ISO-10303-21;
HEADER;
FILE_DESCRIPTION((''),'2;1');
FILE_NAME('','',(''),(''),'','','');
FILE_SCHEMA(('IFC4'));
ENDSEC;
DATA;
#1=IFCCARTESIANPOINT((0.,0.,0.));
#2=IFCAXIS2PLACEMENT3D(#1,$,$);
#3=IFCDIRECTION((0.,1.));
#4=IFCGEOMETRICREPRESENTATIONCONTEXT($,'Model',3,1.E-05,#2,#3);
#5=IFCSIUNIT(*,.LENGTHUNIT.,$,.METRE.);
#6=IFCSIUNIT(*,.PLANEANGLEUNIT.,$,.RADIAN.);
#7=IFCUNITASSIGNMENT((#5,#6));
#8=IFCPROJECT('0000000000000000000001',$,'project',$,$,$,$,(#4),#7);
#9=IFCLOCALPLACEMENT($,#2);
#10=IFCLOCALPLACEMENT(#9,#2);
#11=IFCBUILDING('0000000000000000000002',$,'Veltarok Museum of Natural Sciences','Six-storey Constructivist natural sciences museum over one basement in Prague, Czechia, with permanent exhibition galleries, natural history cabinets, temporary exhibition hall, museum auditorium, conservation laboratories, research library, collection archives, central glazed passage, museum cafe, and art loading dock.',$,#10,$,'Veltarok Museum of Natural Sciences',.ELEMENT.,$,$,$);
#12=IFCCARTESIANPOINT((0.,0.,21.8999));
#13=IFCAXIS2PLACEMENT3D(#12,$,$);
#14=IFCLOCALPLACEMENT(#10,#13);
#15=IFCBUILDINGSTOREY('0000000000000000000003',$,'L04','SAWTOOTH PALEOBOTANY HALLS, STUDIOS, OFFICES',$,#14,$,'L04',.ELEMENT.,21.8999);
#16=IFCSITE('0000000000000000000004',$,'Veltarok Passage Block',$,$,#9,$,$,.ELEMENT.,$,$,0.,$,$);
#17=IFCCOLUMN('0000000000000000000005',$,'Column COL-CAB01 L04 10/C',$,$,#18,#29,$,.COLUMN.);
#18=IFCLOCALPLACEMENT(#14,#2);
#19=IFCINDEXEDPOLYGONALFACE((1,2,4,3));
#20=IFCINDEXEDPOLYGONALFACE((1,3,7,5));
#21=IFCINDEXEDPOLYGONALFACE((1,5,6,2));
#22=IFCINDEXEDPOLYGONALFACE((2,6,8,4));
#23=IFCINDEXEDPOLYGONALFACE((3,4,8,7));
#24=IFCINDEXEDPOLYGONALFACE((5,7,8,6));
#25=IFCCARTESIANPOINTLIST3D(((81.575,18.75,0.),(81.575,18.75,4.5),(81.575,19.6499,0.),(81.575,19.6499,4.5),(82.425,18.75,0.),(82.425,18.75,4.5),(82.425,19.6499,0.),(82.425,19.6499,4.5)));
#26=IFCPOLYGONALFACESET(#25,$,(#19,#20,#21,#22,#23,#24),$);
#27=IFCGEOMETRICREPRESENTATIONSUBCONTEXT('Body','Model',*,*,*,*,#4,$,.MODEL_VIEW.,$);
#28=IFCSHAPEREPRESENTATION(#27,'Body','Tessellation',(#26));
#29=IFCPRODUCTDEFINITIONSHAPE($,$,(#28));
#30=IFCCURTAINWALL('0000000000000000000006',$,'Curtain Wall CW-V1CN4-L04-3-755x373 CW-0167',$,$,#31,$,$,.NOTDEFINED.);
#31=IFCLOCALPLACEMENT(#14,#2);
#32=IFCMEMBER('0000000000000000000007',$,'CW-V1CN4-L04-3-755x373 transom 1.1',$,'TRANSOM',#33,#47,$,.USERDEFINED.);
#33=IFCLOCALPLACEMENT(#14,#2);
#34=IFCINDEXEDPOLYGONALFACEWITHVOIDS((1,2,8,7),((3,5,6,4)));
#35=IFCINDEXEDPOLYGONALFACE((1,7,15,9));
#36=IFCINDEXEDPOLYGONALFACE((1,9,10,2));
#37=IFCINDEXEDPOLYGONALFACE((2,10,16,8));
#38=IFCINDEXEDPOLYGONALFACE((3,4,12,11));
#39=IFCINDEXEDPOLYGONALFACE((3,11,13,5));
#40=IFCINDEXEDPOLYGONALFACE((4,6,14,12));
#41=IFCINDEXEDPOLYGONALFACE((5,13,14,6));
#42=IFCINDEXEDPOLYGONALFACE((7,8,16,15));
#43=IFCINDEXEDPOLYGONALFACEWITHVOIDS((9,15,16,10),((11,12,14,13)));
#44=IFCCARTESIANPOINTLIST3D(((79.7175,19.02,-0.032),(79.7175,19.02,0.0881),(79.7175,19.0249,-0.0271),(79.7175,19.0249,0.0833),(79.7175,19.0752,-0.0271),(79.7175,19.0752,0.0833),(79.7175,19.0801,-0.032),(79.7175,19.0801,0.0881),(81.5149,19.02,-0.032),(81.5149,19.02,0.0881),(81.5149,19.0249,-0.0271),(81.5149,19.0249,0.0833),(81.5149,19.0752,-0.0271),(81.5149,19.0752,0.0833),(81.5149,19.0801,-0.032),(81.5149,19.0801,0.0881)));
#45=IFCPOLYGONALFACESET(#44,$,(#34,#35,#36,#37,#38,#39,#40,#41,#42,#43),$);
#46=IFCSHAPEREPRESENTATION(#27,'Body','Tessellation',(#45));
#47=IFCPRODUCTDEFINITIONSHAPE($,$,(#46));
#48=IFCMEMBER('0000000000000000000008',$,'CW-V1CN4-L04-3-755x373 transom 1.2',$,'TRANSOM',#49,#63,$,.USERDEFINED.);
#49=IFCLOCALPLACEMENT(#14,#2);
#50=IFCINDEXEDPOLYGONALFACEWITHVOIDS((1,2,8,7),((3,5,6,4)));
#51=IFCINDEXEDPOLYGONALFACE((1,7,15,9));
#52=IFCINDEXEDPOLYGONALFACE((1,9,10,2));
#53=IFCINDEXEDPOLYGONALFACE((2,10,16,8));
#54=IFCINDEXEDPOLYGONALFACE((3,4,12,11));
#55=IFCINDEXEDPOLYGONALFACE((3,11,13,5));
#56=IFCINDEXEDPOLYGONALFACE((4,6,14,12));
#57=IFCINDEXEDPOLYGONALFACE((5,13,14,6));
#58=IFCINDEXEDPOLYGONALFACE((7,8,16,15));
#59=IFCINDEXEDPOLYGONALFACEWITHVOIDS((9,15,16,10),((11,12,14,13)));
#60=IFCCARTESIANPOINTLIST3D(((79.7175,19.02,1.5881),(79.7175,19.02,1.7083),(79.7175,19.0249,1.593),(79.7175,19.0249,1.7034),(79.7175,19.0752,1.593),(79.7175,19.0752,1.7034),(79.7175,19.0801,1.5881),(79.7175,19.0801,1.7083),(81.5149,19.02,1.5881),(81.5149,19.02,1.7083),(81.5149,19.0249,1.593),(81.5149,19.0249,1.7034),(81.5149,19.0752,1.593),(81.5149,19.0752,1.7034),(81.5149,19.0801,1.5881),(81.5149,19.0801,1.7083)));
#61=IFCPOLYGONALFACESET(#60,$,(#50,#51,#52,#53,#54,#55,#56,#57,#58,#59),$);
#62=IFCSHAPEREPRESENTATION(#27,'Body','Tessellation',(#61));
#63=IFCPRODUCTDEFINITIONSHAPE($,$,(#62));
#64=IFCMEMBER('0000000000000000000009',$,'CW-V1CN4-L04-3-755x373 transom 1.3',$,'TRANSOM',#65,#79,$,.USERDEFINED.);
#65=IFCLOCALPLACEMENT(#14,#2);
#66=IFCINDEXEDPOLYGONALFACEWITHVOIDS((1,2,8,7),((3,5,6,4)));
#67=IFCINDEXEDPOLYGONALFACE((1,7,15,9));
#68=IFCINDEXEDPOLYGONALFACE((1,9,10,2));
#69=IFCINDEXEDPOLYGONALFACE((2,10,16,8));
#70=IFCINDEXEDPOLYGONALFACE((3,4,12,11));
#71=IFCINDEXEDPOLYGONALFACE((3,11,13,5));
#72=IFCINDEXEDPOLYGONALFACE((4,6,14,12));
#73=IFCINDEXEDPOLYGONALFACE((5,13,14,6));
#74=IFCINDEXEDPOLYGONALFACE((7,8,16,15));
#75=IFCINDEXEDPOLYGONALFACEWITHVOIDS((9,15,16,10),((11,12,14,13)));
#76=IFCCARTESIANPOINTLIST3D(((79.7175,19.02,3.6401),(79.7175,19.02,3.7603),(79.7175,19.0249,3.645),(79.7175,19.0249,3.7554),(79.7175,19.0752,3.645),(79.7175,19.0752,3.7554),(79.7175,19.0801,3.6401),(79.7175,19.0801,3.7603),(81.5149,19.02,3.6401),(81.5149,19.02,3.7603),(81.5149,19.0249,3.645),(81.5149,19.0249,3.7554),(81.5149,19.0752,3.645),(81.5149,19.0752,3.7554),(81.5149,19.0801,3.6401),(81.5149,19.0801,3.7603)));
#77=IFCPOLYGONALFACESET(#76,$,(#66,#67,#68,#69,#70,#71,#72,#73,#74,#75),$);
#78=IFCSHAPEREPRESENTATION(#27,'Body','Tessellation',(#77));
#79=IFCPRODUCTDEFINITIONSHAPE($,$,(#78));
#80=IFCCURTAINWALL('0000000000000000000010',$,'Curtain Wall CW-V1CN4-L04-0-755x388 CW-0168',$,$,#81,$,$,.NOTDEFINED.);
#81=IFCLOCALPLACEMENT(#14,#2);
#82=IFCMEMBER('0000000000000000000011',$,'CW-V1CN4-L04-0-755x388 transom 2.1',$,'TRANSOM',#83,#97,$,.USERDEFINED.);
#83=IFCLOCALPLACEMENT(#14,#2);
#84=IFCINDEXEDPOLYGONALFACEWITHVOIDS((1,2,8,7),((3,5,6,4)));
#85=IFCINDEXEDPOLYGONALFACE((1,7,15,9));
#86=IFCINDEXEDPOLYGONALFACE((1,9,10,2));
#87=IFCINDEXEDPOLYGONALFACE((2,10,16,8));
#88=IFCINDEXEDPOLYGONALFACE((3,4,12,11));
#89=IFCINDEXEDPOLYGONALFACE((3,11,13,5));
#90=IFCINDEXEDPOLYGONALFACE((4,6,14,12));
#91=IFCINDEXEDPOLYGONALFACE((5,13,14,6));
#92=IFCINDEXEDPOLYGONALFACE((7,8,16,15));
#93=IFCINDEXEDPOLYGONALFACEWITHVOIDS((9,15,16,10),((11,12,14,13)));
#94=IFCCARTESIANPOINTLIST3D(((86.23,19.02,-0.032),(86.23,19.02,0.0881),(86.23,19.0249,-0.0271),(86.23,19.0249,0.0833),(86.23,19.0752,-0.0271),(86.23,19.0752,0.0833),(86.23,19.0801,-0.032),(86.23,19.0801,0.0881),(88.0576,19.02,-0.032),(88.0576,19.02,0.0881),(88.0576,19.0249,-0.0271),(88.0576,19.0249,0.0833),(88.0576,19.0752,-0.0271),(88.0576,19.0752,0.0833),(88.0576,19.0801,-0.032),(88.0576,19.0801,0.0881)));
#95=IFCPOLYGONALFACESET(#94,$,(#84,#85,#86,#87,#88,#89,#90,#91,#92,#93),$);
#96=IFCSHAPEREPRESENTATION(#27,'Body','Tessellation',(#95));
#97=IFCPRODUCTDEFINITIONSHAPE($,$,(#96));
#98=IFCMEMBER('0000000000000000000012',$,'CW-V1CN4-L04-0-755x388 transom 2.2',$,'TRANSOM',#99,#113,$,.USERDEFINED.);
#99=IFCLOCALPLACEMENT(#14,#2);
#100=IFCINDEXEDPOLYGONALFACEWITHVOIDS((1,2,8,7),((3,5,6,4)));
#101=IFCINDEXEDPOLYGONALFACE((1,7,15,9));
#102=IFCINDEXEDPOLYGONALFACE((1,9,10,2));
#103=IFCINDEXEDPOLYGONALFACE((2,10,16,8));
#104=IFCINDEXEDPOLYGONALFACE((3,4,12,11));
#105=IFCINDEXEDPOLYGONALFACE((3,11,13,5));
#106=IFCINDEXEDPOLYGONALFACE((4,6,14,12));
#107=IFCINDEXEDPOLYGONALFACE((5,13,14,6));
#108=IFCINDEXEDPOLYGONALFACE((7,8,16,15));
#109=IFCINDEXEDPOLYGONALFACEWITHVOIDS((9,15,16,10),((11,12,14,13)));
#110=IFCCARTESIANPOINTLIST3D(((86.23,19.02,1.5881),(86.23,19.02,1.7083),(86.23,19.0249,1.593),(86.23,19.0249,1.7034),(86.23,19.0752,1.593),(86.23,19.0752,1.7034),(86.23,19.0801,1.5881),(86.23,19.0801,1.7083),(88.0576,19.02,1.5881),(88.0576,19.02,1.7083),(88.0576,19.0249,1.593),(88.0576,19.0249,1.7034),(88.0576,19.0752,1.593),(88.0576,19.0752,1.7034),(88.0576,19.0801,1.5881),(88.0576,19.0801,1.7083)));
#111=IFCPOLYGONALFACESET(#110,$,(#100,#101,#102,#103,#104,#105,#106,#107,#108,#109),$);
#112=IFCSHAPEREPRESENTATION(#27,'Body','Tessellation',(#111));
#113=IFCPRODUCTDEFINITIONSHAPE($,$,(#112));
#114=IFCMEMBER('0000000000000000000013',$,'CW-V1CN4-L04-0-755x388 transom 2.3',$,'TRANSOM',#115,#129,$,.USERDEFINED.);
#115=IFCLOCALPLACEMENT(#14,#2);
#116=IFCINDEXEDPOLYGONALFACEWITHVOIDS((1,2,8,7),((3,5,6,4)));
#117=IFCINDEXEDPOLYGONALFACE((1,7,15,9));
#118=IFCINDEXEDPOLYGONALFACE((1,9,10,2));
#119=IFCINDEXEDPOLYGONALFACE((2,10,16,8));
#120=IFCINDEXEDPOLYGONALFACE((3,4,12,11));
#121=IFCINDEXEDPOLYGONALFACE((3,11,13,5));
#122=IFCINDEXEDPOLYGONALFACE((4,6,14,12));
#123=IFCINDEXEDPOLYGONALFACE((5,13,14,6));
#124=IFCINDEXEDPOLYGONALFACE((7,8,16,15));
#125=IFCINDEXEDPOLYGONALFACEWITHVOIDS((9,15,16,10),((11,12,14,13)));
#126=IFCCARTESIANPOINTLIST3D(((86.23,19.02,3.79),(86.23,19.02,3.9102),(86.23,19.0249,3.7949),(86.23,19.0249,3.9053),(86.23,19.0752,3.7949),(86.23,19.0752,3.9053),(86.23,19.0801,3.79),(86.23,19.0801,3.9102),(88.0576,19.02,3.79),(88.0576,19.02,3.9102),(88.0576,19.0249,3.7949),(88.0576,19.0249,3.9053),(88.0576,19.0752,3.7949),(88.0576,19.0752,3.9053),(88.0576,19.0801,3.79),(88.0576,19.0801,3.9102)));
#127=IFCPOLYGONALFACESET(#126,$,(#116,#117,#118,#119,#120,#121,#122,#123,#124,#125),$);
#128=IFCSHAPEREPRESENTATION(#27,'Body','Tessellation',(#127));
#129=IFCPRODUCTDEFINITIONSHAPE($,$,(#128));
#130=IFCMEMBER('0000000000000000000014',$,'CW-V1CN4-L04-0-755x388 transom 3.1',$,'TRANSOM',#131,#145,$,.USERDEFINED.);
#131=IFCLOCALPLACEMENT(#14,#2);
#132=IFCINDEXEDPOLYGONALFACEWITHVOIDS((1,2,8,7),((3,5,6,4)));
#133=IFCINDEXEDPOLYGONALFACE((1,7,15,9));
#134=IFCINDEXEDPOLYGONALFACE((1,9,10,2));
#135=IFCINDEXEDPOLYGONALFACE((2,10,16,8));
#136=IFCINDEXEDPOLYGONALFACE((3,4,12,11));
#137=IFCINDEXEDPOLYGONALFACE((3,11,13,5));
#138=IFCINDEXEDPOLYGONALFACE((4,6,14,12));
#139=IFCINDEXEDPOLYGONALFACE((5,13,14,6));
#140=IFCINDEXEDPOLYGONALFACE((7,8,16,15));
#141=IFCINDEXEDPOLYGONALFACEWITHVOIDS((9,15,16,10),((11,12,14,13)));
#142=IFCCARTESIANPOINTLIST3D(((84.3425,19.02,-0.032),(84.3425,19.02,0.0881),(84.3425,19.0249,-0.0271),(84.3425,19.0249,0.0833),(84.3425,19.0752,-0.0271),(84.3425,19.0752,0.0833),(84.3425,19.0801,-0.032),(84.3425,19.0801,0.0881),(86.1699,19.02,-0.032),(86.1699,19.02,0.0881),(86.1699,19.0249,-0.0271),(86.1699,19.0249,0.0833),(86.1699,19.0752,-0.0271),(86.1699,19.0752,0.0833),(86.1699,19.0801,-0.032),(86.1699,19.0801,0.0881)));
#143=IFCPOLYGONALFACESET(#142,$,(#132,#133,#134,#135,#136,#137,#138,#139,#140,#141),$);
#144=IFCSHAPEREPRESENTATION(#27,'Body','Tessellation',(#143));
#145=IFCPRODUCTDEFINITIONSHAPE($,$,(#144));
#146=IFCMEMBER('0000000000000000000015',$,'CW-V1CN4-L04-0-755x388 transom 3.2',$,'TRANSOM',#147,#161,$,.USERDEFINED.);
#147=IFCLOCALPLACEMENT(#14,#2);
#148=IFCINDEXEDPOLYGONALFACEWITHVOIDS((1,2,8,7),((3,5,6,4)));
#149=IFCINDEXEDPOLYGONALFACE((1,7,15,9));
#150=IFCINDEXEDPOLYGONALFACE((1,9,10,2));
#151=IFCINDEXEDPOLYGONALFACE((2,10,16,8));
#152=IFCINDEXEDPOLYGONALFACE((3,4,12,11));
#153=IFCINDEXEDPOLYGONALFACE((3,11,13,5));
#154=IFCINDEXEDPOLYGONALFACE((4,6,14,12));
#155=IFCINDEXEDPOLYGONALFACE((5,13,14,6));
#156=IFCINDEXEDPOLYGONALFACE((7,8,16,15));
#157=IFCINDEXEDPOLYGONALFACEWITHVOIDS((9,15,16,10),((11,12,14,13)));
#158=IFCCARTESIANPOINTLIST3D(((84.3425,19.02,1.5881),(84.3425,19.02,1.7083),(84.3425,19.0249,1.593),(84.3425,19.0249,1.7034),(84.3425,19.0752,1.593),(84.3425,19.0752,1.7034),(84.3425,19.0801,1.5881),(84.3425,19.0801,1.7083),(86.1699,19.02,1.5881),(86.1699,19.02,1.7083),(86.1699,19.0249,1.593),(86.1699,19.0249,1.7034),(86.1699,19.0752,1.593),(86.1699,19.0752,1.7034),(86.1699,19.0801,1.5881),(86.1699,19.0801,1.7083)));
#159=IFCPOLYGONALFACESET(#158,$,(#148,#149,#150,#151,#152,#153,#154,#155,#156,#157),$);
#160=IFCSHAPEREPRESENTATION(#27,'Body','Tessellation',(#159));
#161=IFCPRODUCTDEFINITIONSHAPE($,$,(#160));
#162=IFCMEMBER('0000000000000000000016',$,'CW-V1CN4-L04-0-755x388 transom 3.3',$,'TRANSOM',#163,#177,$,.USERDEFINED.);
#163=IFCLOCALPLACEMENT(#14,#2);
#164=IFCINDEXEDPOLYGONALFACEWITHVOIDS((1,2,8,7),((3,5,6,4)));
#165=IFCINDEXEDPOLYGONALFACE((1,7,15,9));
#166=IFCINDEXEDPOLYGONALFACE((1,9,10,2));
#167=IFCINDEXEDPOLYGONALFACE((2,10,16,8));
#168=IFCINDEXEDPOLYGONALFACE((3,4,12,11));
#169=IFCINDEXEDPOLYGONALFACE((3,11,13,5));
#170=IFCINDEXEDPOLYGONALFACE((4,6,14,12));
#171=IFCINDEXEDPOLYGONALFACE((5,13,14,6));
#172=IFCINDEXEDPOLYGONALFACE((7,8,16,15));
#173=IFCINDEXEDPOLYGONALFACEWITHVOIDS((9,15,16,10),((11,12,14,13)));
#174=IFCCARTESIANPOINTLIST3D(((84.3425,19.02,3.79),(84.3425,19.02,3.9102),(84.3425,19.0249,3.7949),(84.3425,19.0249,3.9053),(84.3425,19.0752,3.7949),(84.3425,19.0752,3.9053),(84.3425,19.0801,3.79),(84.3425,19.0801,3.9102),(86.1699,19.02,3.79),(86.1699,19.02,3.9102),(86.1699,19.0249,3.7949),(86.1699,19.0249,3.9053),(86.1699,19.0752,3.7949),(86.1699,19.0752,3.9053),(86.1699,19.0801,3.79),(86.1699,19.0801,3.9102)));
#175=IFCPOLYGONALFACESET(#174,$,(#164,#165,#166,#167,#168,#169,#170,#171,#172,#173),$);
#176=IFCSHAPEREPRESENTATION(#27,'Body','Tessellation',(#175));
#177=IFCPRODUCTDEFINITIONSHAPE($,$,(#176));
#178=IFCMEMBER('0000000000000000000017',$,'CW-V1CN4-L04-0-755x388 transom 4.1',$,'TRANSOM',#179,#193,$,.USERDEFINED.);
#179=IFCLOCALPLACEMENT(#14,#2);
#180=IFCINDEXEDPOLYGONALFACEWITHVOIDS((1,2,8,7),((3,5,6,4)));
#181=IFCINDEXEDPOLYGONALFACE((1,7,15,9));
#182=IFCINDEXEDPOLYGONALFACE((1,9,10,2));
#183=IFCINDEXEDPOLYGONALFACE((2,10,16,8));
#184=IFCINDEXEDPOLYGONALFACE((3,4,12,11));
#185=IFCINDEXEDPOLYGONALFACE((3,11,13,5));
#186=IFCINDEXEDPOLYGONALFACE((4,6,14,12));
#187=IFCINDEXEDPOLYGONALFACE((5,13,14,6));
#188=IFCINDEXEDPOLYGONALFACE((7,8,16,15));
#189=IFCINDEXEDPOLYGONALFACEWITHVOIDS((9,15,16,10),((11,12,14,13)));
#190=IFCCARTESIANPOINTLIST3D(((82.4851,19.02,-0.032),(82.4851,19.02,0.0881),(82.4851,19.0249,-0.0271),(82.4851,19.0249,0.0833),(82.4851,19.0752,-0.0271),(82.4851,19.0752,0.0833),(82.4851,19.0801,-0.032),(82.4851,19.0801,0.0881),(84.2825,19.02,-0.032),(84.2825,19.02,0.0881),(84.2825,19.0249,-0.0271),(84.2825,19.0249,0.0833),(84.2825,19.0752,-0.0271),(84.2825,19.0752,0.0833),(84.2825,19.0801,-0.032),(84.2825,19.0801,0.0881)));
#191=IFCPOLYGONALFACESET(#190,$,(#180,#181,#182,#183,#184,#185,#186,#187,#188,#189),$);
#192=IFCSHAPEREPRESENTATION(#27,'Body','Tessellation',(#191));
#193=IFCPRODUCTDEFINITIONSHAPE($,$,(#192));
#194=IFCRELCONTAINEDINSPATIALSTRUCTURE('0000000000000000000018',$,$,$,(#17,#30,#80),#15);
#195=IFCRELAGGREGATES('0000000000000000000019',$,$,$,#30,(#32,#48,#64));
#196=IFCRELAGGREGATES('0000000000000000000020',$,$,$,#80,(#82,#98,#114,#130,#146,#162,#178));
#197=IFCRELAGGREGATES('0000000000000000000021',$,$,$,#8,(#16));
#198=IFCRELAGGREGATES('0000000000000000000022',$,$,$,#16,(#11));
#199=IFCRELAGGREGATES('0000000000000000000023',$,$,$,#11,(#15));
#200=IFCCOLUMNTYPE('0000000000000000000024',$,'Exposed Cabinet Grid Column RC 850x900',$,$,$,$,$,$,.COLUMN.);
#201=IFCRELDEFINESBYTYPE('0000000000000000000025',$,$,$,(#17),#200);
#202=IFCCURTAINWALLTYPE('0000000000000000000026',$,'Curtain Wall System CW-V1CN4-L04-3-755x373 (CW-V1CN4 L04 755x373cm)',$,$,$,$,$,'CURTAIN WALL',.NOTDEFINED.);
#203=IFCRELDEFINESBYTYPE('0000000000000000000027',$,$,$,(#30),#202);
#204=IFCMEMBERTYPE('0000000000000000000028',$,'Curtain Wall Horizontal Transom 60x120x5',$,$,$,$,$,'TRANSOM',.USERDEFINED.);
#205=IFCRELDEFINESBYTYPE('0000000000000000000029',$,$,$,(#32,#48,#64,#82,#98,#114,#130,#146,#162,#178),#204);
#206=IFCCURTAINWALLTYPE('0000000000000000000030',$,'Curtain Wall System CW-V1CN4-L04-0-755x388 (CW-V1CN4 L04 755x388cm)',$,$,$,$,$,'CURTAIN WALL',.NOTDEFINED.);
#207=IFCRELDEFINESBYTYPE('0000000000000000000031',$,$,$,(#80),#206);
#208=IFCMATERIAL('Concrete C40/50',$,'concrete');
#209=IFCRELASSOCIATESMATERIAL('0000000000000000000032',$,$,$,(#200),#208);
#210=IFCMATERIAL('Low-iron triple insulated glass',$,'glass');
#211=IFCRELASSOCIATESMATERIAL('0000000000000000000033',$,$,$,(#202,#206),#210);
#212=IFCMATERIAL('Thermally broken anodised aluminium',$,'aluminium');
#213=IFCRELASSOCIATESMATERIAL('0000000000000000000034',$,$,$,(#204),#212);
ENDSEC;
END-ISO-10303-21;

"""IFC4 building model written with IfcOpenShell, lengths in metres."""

from ifc_helpers import new_model, si_unit, direction, frame, origin, origin_2d, place, context, subcontext, project, spatial, rectangle, hollow_rectangle, extrude, material, material_profile, profile_set, type_object, element, aggregate, save


model = new_model("IFC4")

# Units and contexts
model_context = context("Model", 3, precision=1e-05, world=origin(), true_north=direction((0.0, 1.0)))
body_context = subcontext(model_context, "Body", "Model", "MODEL_VIEW")
ifc_project = project(units=[si_unit("LENGTHUNIT", "METRE"), si_unit("PLANEANGLEUNIT", "RADIAN")], contexts=[model_context])

# Site, building, storey
site_placement = place(None, origin())
site = spatial("IfcSite", under=ifc_project, at=site_placement, Name="Veltarok Passage Block", CompositionType="ELEMENT", RefElevation=0.0)
building_placement = place(site_placement, origin())
building = spatial("IfcBuilding", under=site, at=building_placement, Name="Veltarok Museum of Natural Sciences", Description="Six-storey Constructivist natural sciences museum over one basement in Prague, Czechia, with permanent exhibition galleries, natural history cabinets, temporary exhibition hall, museum auditorium, conservation laboratories, research library, collection archives, central glazed passage, museum cafe, and art loading dock.", LongName="Veltarok Museum of Natural Sciences", CompositionType="ELEMENT")
storey_placement = place(building_placement, frame((0.0, 0.0, 21.8999)))
storey = spatial("IfcBuildingStorey", under=building, at=storey_placement, Name="L04", Description="SAWTOOTH PALEOBOTANY HALLS, STUDIOS, OFFICES", LongName="L04", CompositionType="ELEMENT", Elevation=21.8999)

# Column
ifc_material_1 = material(Name="Concrete C40/50", Category="concrete")
ifc_material_profile_1 = material_profile(ifc_material_1, rectangle(XDim=0.8501, YDim=0.8999, at=origin_2d()), Name="RC 850x900")
ifc_profile_set_1 = profile_set([ifc_material_profile_1], Name="Concrete C40/50")
column_type = type_object("IfcColumnType", Name="Exposed Cabinet Grid Column RC 850x900", PredefinedType="COLUMN", material=ifc_profile_set_1)
column_placement = place(storey_placement, frame((82.0, 19.2, 0.0), z_axis=(0.0, 0.0, 1.0), x_axis=(1.0, 0.0, 0.0)))
element("IfcColumn", 1, at=column_placement, inside=storey, type_object=column_type, Name="Column COL-CAB01 L04 10/C", PredefinedType="COLUMN", context=body_context, shape_type="SweptSolid", body=[
    extrude(rectangle(XDim=0.8501, YDim=0.8999, at=origin_2d()), origin(), (0.0, 0.0, 1.0), 4.5),
])

# Curtain walls, members
ifc_material_2 = material(Name="Low-iron triple insulated glass", Category="glass")
curtain_wall_type_1 = type_object("IfcCurtainWallType", Name="Curtain Wall System CW-V1CN4-L04-3-755x373 (CW-V1CN4 L04 755x373cm)", ElementType="CURTAIN WALL", PredefinedType="NOTDEFINED", material=ifc_material_2)
curtain_wall_1_placement = place(storey_placement, origin())
curtain_wall_1 = element("IfcCurtainWall", 2, at=curtain_wall_1_placement, inside=storey, type_object=curtain_wall_type_1, Name="Curtain Wall CW-V1CN4-L04-3-755x373 CW-0167", PredefinedType="NOTDEFINED")
ifc_material_3 = material(Name="Thermally broken anodised aluminium", Category="aluminium")
ifc_material_profile_2 = material_profile(ifc_material_3, hollow_rectangle(XDim=0.0601, YDim=0.1201, WallThickness=0.0049, at=origin_2d()), Name="CW TRANSOM 60x120x5")
ifc_profile_set_2 = profile_set([ifc_material_profile_2], Name="Thermally broken anodised aluminium")
member_type_1 = type_object("IfcMemberType", Name="Curtain Wall Horizontal Transom 60x120x5", ElementType="TRANSOM", PredefinedType="USERDEFINED", material=ifc_profile_set_2)
member_1_placement = place(storey_placement, frame((81.5149, 19.05, 0.0281), z_axis=(-1.0, 0.0, 0.0), x_axis=(0.0, -1.0, 0.0)))
member_1 = element("IfcMember", 3, at=member_1_placement, type_object=member_type_1, Name="CW-V1CN4-L04-3-755x373 transom 1.1", ObjectType="TRANSOM", PredefinedType="USERDEFINED", context=body_context, shape_type="SweptSolid", body=[
    extrude(hollow_rectangle(XDim=0.0601, YDim=0.1201, WallThickness=0.0049, at=origin_2d()), origin(), (0.0, 0.0, 1.0), 1.7974),
])
member_2_placement = place(storey_placement, frame((81.5149, 19.05, 1.6482), z_axis=(-1.0, 0.0, 0.0), x_axis=(0.0, -1.0, 0.0)))
member_2 = element("IfcMember", 4, at=member_2_placement, type_object=member_type_1, Name="CW-V1CN4-L04-3-755x373 transom 1.2", ObjectType="TRANSOM", PredefinedType="USERDEFINED", context=body_context, shape_type="SweptSolid", body=[
    extrude(hollow_rectangle(XDim=0.0601, YDim=0.1201, WallThickness=0.0049, at=origin_2d()), origin(), (0.0, 0.0, 1.0), 1.7974),
])
member_3_placement = place(storey_placement, frame((81.5149, 19.05, 3.7002), z_axis=(-1.0, 0.0, 0.0), x_axis=(0.0, -1.0, 0.0)))
member_3 = element("IfcMember", 5, at=member_3_placement, type_object=member_type_1, Name="CW-V1CN4-L04-3-755x373 transom 1.3", ObjectType="TRANSOM", PredefinedType="USERDEFINED", context=body_context, shape_type="SweptSolid", body=[
    extrude(hollow_rectangle(XDim=0.0601, YDim=0.1201, WallThickness=0.0049, at=origin_2d()), origin(), (0.0, 0.0, 1.0), 1.7974),
])
curtain_wall_type_2 = type_object("IfcCurtainWallType", Name="Curtain Wall System CW-V1CN4-L04-0-755x388 (CW-V1CN4 L04 755x388cm)", ElementType="CURTAIN WALL", PredefinedType="NOTDEFINED", material=ifc_material_2)
curtain_wall_2_placement = place(storey_placement, origin())
curtain_wall_2 = element("IfcCurtainWall", 6, at=curtain_wall_2_placement, inside=storey, type_object=curtain_wall_type_2, Name="Curtain Wall CW-V1CN4-L04-0-755x388 CW-0168", PredefinedType="NOTDEFINED")
member_4_placement = place(storey_placement, frame((88.0576, 19.05, 0.0281), z_axis=(-1.0, 0.0, 0.0), x_axis=(0.0, -1.0, 0.0)))
member_4 = element("IfcMember", 7, at=member_4_placement, type_object=member_type_1, Name="CW-V1CN4-L04-0-755x388 transom 2.1", ObjectType="TRANSOM", PredefinedType="USERDEFINED", context=body_context, shape_type="SweptSolid", body=[
    extrude(hollow_rectangle(XDim=0.0601, YDim=0.1201, WallThickness=0.0049, at=origin_2d()), origin(), (0.0, 0.0, 1.0), 1.8276),
])
member_5_placement = place(storey_placement, frame((88.0576, 19.05, 1.6482), z_axis=(-1.0, 0.0, 0.0), x_axis=(0.0, -1.0, 0.0)))
member_5 = element("IfcMember", 8, at=member_5_placement, type_object=member_type_1, Name="CW-V1CN4-L04-0-755x388 transom 2.2", ObjectType="TRANSOM", PredefinedType="USERDEFINED", context=body_context, shape_type="SweptSolid", body=[
    extrude(hollow_rectangle(XDim=0.0601, YDim=0.1201, WallThickness=0.0049, at=origin_2d()), origin(), (0.0, 0.0, 1.0), 1.8276),
])
member_6_placement = place(storey_placement, frame((88.0576, 19.05, 3.8501), z_axis=(-1.0, 0.0, 0.0), x_axis=(0.0, -1.0, 0.0)))
member_6 = element("IfcMember", 9, at=member_6_placement, type_object=member_type_1, Name="CW-V1CN4-L04-0-755x388 transom 2.3", ObjectType="TRANSOM", PredefinedType="USERDEFINED", context=body_context, shape_type="SweptSolid", body=[
    extrude(hollow_rectangle(XDim=0.0601, YDim=0.1201, WallThickness=0.0049, at=origin_2d()), origin(), (0.0, 0.0, 1.0), 1.8276),
])
member_7_placement = place(storey_placement, frame((86.1699, 19.05, 0.0281), z_axis=(-1.0, 0.0, 0.0), x_axis=(0.0, -1.0, 0.0)))
member_7 = element("IfcMember", 10, at=member_7_placement, type_object=member_type_1, Name="CW-V1CN4-L04-0-755x388 transom 3.1", ObjectType="TRANSOM", PredefinedType="USERDEFINED", context=body_context, shape_type="SweptSolid", body=[
    extrude(hollow_rectangle(XDim=0.0601, YDim=0.1201, WallThickness=0.0049, at=origin_2d()), origin(), (0.0, 0.0, 1.0), 1.8274),
])
member_8_placement = place(storey_placement, frame((86.1699, 19.05, 1.6482), z_axis=(-1.0, 0.0, 0.0), x_axis=(0.0, -1.0, 0.0)))
member_8 = element("IfcMember", 11, at=member_8_placement, type_object=member_type_1, Name="CW-V1CN4-L04-0-755x388 transom 3.2", ObjectType="TRANSOM", PredefinedType="USERDEFINED", context=body_context, shape_type="SweptSolid", body=[
    extrude(hollow_rectangle(XDim=0.0601, YDim=0.1201, WallThickness=0.0049, at=origin_2d()), origin(), (0.0, 0.0, 1.0), 1.8274),
])
member_9_placement = place(storey_placement, frame((86.1699, 19.05, 3.8501), z_axis=(-1.0, 0.0, 0.0), x_axis=(0.0, -1.0, 0.0)))
member_9 = element("IfcMember", 12, at=member_9_placement, type_object=member_type_1, Name="CW-V1CN4-L04-0-755x388 transom 3.3", ObjectType="TRANSOM", PredefinedType="USERDEFINED", context=body_context, shape_type="SweptSolid", body=[
    extrude(hollow_rectangle(XDim=0.0601, YDim=0.1201, WallThickness=0.0049, at=origin_2d()), origin(), (0.0, 0.0, 1.0), 1.8274),
])
member_10_placement = place(storey_placement, frame((84.2825, 19.05, 0.0281), z_axis=(-1.0, 0.0, 0.0), x_axis=(0.0, -1.0, 0.0)))
member_10 = element("IfcMember", 13, at=member_10_placement, type_object=member_type_1, Name="CW-V1CN4-L04-0-755x388 transom 4.1", ObjectType="TRANSOM", PredefinedType="USERDEFINED", context=body_context, shape_type="SweptSolid", body=[
    extrude(hollow_rectangle(XDim=0.0601, YDim=0.1201, WallThickness=0.0049, at=origin_2d()), origin(), (0.0, 0.0, 1.0), 1.7974),
])

aggregate(curtain_wall_1, [member_1, member_2, member_3])
aggregate(curtain_wall_2, [member_4, member_5, member_6, member_7, member_8, member_9, member_10])

save(model, "model.ifc")
